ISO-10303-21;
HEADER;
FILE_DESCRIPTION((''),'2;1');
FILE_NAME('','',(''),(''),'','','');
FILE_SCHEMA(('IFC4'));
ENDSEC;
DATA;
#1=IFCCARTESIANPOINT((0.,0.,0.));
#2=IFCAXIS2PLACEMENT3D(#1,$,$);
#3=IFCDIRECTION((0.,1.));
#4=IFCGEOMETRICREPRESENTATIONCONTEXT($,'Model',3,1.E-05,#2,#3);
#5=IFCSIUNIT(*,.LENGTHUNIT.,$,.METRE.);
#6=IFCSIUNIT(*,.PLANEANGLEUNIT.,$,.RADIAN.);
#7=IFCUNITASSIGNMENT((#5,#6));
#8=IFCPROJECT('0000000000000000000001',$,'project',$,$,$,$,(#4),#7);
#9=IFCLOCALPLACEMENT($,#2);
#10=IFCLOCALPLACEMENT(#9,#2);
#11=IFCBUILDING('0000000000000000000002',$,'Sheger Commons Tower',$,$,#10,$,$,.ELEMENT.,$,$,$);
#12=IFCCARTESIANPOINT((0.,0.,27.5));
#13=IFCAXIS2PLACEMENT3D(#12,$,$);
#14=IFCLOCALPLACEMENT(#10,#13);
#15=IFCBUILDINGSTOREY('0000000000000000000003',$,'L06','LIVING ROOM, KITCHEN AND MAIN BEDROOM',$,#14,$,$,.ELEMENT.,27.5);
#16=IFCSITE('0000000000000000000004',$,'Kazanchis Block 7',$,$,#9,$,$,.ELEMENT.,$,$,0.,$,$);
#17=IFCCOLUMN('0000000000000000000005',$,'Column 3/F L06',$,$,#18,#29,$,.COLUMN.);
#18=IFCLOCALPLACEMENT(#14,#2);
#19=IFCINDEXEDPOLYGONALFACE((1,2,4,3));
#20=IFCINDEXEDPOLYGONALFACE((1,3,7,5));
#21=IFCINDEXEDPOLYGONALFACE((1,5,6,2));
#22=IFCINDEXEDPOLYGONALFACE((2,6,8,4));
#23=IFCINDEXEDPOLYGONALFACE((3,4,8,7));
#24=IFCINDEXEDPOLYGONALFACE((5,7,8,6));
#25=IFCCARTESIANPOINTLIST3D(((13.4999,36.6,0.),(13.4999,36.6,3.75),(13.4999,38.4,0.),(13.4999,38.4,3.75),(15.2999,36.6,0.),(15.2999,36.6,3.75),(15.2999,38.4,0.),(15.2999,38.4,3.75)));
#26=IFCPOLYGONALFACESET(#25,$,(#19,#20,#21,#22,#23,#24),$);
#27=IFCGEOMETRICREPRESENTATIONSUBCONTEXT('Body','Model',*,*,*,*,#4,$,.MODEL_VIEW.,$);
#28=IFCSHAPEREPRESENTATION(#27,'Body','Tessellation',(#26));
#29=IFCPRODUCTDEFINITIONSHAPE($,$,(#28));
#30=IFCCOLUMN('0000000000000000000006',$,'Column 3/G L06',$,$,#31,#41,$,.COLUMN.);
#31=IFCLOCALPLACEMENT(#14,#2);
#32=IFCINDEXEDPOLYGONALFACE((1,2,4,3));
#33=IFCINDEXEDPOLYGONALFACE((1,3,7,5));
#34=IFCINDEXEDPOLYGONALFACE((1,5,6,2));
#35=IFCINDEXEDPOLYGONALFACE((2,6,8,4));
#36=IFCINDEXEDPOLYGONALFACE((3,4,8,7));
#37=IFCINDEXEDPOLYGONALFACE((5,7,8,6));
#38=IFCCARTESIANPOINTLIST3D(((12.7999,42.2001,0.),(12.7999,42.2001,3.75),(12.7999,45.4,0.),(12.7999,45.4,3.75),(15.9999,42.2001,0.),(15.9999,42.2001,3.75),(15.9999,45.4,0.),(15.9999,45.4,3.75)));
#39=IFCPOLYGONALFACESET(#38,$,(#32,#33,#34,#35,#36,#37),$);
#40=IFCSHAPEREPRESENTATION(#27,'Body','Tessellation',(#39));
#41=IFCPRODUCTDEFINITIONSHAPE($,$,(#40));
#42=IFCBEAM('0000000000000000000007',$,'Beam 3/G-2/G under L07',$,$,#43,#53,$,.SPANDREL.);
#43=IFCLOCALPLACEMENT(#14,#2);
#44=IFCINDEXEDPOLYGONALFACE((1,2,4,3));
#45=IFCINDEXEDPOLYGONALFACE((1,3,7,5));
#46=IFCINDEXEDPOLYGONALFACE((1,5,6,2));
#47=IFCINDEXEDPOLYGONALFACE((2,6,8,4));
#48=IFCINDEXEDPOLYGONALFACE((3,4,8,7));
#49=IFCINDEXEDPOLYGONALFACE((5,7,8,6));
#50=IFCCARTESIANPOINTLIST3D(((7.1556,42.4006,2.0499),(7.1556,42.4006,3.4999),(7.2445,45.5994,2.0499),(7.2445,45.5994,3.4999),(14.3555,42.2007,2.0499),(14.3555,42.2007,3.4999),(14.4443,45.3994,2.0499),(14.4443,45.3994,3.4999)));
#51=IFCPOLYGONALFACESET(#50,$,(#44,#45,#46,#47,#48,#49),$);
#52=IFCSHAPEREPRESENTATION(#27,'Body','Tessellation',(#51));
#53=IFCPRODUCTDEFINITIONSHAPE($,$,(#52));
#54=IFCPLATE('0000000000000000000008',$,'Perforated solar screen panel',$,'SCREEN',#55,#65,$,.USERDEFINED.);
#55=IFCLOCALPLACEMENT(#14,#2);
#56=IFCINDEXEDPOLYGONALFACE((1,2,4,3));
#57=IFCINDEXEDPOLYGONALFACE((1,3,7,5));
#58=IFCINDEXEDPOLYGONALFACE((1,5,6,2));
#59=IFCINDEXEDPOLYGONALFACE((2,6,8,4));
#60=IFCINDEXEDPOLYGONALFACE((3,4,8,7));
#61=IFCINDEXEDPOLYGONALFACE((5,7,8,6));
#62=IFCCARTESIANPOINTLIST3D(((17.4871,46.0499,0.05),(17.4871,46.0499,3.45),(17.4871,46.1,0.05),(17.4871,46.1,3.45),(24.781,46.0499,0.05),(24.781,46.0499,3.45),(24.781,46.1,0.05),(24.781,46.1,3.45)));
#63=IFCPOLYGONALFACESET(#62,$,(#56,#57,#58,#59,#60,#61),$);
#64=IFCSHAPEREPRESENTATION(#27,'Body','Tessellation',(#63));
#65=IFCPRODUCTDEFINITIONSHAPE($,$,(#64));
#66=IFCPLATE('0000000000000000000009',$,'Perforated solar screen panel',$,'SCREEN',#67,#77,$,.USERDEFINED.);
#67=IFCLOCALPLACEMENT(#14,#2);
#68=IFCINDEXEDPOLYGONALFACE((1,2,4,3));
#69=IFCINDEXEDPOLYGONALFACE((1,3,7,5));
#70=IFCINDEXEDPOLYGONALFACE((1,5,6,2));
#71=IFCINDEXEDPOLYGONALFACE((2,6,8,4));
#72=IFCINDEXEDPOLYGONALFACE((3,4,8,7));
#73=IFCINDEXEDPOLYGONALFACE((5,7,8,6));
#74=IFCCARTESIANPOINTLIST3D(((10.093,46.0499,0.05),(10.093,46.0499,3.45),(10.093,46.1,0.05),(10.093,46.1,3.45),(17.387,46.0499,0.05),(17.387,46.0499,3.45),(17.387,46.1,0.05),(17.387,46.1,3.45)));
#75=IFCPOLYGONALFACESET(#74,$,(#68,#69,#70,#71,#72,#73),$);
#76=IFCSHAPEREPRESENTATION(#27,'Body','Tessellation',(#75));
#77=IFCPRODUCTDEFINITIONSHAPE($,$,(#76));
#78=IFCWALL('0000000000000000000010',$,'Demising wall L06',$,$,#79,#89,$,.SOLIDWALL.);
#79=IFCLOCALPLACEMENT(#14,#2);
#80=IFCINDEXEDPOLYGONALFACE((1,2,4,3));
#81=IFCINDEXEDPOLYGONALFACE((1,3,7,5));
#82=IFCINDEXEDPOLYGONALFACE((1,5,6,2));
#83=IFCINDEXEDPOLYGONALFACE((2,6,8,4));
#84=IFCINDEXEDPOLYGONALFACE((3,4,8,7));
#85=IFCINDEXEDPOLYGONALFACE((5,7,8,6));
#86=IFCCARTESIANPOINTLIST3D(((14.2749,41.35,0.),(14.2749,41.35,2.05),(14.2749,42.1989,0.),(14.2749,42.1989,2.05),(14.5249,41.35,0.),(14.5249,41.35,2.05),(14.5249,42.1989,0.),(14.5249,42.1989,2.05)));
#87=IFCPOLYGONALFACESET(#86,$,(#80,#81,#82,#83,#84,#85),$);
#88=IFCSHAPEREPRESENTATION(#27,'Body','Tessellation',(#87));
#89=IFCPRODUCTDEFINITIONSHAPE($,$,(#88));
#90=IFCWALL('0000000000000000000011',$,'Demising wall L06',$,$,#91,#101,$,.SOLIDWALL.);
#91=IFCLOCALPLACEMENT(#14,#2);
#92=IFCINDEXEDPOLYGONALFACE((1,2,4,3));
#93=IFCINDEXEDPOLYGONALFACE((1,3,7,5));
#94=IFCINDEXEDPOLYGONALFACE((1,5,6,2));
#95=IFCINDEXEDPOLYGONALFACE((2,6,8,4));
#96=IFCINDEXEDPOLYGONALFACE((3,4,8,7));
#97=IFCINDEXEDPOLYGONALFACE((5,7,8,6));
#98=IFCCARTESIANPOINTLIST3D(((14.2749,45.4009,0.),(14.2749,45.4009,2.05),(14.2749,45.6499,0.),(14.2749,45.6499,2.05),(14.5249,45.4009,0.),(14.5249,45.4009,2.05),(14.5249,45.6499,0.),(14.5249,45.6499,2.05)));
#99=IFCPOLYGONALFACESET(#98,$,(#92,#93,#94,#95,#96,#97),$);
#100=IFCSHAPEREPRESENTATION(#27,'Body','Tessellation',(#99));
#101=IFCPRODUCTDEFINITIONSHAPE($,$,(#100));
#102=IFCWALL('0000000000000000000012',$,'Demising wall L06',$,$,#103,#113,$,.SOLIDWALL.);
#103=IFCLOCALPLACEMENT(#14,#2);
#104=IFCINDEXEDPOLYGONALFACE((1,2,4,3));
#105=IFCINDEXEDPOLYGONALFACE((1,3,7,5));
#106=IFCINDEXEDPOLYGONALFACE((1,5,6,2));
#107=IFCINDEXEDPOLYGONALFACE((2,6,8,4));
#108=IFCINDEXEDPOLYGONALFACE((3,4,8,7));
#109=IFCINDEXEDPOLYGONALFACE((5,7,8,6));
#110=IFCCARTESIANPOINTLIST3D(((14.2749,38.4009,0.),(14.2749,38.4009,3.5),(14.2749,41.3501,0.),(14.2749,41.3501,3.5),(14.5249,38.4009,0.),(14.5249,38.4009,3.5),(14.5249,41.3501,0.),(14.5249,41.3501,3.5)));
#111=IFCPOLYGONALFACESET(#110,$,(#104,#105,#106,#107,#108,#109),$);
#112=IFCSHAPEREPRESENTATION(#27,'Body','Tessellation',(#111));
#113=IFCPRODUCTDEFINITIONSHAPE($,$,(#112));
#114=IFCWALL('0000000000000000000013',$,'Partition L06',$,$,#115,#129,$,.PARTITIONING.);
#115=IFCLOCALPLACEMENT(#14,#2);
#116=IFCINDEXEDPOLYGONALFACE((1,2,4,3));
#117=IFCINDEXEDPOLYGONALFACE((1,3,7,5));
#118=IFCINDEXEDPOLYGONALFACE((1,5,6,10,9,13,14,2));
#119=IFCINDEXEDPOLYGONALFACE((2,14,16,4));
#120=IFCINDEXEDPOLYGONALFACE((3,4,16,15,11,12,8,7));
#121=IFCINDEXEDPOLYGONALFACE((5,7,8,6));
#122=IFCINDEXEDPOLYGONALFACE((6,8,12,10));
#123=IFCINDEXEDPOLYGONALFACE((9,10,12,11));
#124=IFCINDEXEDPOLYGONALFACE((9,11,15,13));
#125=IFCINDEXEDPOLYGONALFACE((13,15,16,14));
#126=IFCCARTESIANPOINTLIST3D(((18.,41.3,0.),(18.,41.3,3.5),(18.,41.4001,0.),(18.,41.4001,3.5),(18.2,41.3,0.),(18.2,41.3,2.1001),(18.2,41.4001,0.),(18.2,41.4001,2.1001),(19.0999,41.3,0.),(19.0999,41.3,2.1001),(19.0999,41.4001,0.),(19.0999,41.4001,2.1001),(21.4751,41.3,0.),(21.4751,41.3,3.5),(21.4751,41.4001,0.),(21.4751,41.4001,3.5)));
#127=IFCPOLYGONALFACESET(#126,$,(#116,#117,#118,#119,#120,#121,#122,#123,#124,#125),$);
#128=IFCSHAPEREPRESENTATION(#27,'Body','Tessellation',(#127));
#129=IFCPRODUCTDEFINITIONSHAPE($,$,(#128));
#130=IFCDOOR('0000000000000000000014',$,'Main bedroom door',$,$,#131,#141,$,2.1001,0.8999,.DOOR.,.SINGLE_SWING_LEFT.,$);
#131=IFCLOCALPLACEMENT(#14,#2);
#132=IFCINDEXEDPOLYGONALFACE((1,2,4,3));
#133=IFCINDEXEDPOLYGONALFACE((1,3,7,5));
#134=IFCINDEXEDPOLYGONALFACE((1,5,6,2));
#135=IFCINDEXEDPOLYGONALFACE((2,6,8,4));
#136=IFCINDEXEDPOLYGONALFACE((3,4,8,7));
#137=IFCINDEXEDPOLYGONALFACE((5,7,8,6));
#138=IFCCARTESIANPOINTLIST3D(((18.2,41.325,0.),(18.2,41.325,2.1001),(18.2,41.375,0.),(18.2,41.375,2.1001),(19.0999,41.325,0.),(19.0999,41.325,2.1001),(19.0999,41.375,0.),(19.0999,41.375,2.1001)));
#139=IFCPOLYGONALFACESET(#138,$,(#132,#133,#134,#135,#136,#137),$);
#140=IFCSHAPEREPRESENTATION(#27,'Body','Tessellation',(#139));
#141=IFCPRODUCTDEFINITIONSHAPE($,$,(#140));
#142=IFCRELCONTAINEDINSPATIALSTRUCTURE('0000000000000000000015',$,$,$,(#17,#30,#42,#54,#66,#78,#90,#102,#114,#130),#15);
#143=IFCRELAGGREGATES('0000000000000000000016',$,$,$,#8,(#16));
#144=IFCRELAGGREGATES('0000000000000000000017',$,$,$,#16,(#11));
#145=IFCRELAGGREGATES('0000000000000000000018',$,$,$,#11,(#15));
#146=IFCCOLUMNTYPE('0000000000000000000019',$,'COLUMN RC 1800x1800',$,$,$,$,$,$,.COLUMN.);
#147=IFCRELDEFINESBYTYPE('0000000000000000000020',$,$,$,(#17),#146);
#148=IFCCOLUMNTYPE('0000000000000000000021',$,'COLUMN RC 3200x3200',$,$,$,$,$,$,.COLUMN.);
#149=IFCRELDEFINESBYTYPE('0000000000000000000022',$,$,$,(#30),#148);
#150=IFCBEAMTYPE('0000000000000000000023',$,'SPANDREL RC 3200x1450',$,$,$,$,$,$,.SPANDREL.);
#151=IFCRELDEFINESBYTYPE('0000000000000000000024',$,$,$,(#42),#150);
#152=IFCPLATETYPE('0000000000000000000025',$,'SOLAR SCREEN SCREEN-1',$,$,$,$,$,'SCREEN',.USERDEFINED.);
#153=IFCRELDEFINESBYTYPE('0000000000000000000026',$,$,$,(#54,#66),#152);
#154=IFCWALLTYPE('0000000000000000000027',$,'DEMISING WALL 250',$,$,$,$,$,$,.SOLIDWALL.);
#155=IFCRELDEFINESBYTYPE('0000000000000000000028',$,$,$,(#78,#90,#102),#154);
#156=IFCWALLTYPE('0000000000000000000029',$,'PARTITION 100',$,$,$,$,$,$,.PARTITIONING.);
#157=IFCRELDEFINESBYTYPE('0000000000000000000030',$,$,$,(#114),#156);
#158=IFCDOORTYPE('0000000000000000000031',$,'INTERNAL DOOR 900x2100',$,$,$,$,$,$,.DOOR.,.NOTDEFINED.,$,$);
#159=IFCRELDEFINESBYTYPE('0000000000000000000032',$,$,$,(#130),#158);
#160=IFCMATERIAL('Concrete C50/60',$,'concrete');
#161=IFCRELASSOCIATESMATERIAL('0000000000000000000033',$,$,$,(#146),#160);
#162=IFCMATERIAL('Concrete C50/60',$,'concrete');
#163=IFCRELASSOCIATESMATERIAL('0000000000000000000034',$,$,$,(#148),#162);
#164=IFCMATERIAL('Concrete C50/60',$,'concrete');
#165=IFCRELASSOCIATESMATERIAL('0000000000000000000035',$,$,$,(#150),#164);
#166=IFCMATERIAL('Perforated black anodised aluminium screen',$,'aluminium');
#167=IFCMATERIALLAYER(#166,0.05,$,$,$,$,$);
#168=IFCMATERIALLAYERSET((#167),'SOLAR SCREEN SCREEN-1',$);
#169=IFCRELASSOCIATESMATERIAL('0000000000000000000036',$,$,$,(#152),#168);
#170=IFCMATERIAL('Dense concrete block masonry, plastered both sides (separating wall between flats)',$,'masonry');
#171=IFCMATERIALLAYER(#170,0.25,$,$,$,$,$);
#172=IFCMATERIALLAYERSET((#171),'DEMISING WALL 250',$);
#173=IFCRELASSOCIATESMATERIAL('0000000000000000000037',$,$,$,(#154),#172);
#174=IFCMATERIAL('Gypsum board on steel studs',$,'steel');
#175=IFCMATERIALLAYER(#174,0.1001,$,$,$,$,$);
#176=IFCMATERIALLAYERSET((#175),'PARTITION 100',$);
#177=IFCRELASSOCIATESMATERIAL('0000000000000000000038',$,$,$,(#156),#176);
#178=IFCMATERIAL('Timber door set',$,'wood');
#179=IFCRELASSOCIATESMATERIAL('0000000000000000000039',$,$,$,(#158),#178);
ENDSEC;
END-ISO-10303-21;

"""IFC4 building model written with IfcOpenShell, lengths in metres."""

from ifc_helpers import new_model, si_unit, direction, frame, frame_2d, origin, origin_2d, place, context, subcontext, project, spatial, rectangle, extrude, material, layer, layer_set, material_profile, profile_set, type_object, element, fill, save


model = new_model("IFC4")

# Units and contexts
model_context = context("Model", 3, precision=1e-05, world=origin(), true_north=direction((0.0, 1.0)))
body_context = subcontext(model_context, "Body", "Model", "MODEL_VIEW")
ifc_project = project(units=[si_unit("LENGTHUNIT", "METRE"), si_unit("PLANEANGLEUNIT", "RADIAN")], contexts=[model_context])

# Site, building, storey
site_placement = place(None, origin())
site = spatial("IfcSite", under=ifc_project, at=site_placement, Name="Kazanchis Block 7", CompositionType="ELEMENT", RefElevation=0.0)
building_placement = place(site_placement, origin())
building = spatial("IfcBuilding", under=site, at=building_placement, Name="Sheger Commons Tower", CompositionType="ELEMENT")
storey_placement = place(building_placement, frame((0.0, 0.0, 27.5)))
storey = spatial("IfcBuildingStorey", under=building, at=storey_placement, Name="L06", Description="LIVING ROOM, KITCHEN AND MAIN BEDROOM", CompositionType="ELEMENT", Elevation=27.5)

# Columns
ifc_material_1 = material(Name="Concrete C50/60", Category="concrete")
ifc_material_profile_1 = material_profile(ifc_material_1, rectangle(XDim=1.8, YDim=1.8, at=origin_2d()), Name="RC 1800x1800")
ifc_profile_set_1 = profile_set([ifc_material_profile_1], Name="Concrete C50/60")
column_type_1 = type_object("IfcColumnType", Name="COLUMN RC 1800x1800", PredefinedType="COLUMN", material=ifc_profile_set_1)
column_1_placement = place(storey_placement, frame((14.3999, 37.5, 0.0), z_axis=(0.0, 0.0, 1.0), x_axis=(1.0, 0.0, 0.0)))
element("IfcColumn", 1, at=column_1_placement, inside=storey, type_object=column_type_1, Name="Column 3/F L06", PredefinedType="COLUMN", context=body_context, shape_type="SweptSolid", body=[
    extrude(rectangle(XDim=1.8, YDim=1.8, at=origin_2d()), origin(), (0.0, 0.0, 1.0), 3.75),
])
ifc_material_2 = material(Name="Concrete C50/60", Category="concrete")
ifc_material_profile_2 = material_profile(ifc_material_2, rectangle(XDim=3.2, YDim=3.2, at=origin_2d()), Name="RC 3200x3200")
ifc_profile_set_2 = profile_set([ifc_material_profile_2], Name="Concrete C50/60")
column_type_2 = type_object("IfcColumnType", Name="COLUMN RC 3200x3200", PredefinedType="COLUMN", material=ifc_profile_set_2)
column_2_placement = place(storey_placement, frame((14.3999, 43.8, 0.0), z_axis=(0.0, 0.0, 1.0), x_axis=(1.0, 0.0, 0.0)))
element("IfcColumn", 2, at=column_2_placement, inside=storey, type_object=column_type_2, Name="Column 3/G L06", PredefinedType="COLUMN", context=body_context, shape_type="SweptSolid", body=[
    extrude(rectangle(XDim=3.2, YDim=3.2, at=origin_2d()), origin(), (0.0, 0.0, 1.0), 3.75),
])

# Beam
ifc_material_3 = material(Name="Concrete C50/60", Category="concrete")
ifc_material_profile_3 = material_profile(ifc_material_3, rectangle(XDim=3.2, YDim=1.45, at=origin_2d()), Name="RC 3200x1450")
ifc_profile_set_3 = profile_set([ifc_material_profile_3], Name="Concrete C50/60")
beam_type = type_object("IfcBeamType", Name="SPANDREL RC 3200x1450", PredefinedType="SPANDREL", material=ifc_profile_set_3)
beam_placement = place(storey_placement, frame((14.3999, 43.8, 2.7749), z_axis=(-0.999615, 0.02776, 0.0), x_axis=(-0.02776, -0.999615, 0.0)))
element("IfcBeam", 3, at=beam_placement, inside=storey, type_object=beam_type, Name="Beam 3/G-2/G under L07", PredefinedType="SPANDREL", context=body_context, shape_type="SweptSolid", body=[
    extrude(rectangle(XDim=3.2, YDim=1.45, at=origin_2d()), origin(), (0.0, 0.0, 1.0), 7.2026),
])

# Plates
ifc_material_4 = material(Name="Perforated black anodised aluminium screen", Category="aluminium")
ifc_layer_1 = layer(ifc_material_4, 0.05)
ifc_layer_set_1 = layer_set([ifc_layer_1], Name="SOLAR SCREEN SCREEN-1")
plate_type = type_object("IfcPlateType", Name="SOLAR SCREEN SCREEN-1", ElementType="SCREEN", PredefinedType="USERDEFINED", material=ifc_layer_set_1)
for number, where, z_axis, x_axis, name in (
    (4, (21.134, 46.075, 0.05), (0.0, 0.0, 1.0), (-1.0, 0.0, 0.0), "Perforated solar screen panel"),
    (5, (13.74, 46.075, 0.05), (0.0, 0.0, 1.0), (-1.0, 0.0, 0.0), "Perforated solar screen panel"),
):
    element("IfcPlate", number, at=place(storey_placement, frame(where, z_axis=z_axis, x_axis=x_axis)), inside=storey, type_object=plate_type, Name=name, ObjectType="SCREEN", PredefinedType="USERDEFINED", context=body_context, shape_type="SweptSolid", body=[
        extrude(rectangle(XDim=7.2939, YDim=0.05, at=origin_2d()), origin(), (0.0, 0.0, 1.0), 3.3999),
    ])

# Walls
ifc_material_5 = material(Name="Dense concrete block masonry, plastered both sides (separating wall between flats)", Category="masonry")
ifc_layer_2 = layer(ifc_material_5, 0.25)
ifc_layer_set_2 = layer_set([ifc_layer_2], Name="DEMISING WALL 250")
wall_type_1 = type_object("IfcWallType", Name="DEMISING WALL 250", PredefinedType="SOLIDWALL", material=ifc_layer_set_2)
wall_1_placement = place(storey_placement, frame((14.3999, 41.3501, 0.0), z_axis=(0.0, 0.0, 1.0), x_axis=(0.0, 1.0, 0.0)))
element("IfcWall", 6, at=wall_1_placement, inside=storey, type_object=wall_type_1, Name="Demising wall L06", PredefinedType="SOLIDWALL", context=body_context, shape_type="SweptSolid", body=[
    extrude(rectangle(XDim=0.8489, YDim=0.25, at=frame_2d((0.4243, 0.0))), origin(), (0.0, 0.0, 1.0), 2.05),
])
wall_2_placement = place(storey_placement, frame((14.3999, 45.4009, 0.0), z_axis=(0.0, 0.0, 1.0), x_axis=(0.0, 1.0, 0.0)))
element("IfcWall", 7, at=wall_2_placement, inside=storey, type_object=wall_type_1, Name="Demising wall L06", PredefinedType="SOLIDWALL", context=body_context, shape_type="SweptSolid", body=[
    extrude(rectangle(XDim=0.249, YDim=0.25, at=frame_2d((0.1245, 0.0))), origin(), (0.0, 0.0, 1.0), 2.05),
])
wall_3_placement = place(storey_placement, frame((14.3999, 38.4009, 0.0), z_axis=(0.0, 0.0, 1.0), x_axis=(0.0, 1.0, 0.0)))
element("IfcWall", 8, at=wall_3_placement, inside=storey, type_object=wall_type_1, Name="Demising wall L06", PredefinedType="SOLIDWALL", context=body_context, shape_type="SweptSolid", body=[
    extrude(rectangle(XDim=2.9492, YDim=0.25, at=frame_2d((1.4746, 0.0))), origin(), (0.0, 0.0, 1.0), 3.5),
])

# Wall, opening, door
ifc_material_6 = material(Name="Gypsum board on steel studs", Category="steel")
ifc_layer_3 = layer(ifc_material_6, 0.1001)
ifc_layer_set_3 = layer_set([ifc_layer_3], Name="PARTITION 100")
wall_type_2 = type_object("IfcWallType", Name="PARTITION 100", PredefinedType="PARTITIONING", material=ifc_layer_set_3)
wall_4_placement = place(storey_placement, frame((18.0, 41.3501, 0.0), z_axis=(0.0, 0.0, 1.0), x_axis=(1.0, 0.0, 0.0)))
wall_4 = element("IfcWall", 9, at=wall_4_placement, inside=storey, type_object=wall_type_2, Name="Partition L06", PredefinedType="PARTITIONING", context=body_context, shape_type="SweptSolid", body=[
    extrude(rectangle(XDim=3.4751, YDim=0.1001, at=frame_2d((1.7375, 0.0))), origin(), (0.0, 0.0, 1.0), 3.5),
])
opening_1_placement = place(wall_4_placement, frame((0.2, 0.0, 0.0)))
opening_1 = element("IfcOpeningElement", 10, at=opening_1_placement, cuts=wall_4, PredefinedType="OPENING", context=body_context, shape_type="SweptSolid", body=[
    extrude(rectangle(XDim=0.8999, YDim=2.1001, at=frame_2d((0.45, 1.05))), frame((0.0, 0.0601, 0.0), z_axis=(0.0, -1.0, 0.0), x_axis=(1.0, 0.0, 0.0)), (0.0, 0.0, 1.0), 0.1201),
])
ifc_material_7 = material(Name="Timber door set", Category="wood")
door_type = type_object("IfcDoorType", Name="INTERNAL DOOR 900x2100", OperationType="NOTDEFINED", PredefinedType="DOOR", material=ifc_material_7)
door_1_placement = place(opening_1_placement, origin())
door_1 = element("IfcDoor", 11, at=door_1_placement, inside=storey, type_object=door_type, Name="Main bedroom door", OperationType="SINGLE_SWING_LEFT", OverallHeight=2.1001, OverallWidth=0.8999, PredefinedType="DOOR", context=body_context, shape_type="SweptSolid", body=[
    extrude(rectangle(XDim=0.8999, YDim=2.1001, at=frame_2d((0.45, 1.05))), frame((0.0, 0.0249, 0.0), z_axis=(0.0, -1.0, 0.0), x_axis=(1.0, 0.0, 0.0)), (0.0, 0.0, 1.0), 0.05),
])
fill(opening_1, door_1)

save(model, "model.ifc")
